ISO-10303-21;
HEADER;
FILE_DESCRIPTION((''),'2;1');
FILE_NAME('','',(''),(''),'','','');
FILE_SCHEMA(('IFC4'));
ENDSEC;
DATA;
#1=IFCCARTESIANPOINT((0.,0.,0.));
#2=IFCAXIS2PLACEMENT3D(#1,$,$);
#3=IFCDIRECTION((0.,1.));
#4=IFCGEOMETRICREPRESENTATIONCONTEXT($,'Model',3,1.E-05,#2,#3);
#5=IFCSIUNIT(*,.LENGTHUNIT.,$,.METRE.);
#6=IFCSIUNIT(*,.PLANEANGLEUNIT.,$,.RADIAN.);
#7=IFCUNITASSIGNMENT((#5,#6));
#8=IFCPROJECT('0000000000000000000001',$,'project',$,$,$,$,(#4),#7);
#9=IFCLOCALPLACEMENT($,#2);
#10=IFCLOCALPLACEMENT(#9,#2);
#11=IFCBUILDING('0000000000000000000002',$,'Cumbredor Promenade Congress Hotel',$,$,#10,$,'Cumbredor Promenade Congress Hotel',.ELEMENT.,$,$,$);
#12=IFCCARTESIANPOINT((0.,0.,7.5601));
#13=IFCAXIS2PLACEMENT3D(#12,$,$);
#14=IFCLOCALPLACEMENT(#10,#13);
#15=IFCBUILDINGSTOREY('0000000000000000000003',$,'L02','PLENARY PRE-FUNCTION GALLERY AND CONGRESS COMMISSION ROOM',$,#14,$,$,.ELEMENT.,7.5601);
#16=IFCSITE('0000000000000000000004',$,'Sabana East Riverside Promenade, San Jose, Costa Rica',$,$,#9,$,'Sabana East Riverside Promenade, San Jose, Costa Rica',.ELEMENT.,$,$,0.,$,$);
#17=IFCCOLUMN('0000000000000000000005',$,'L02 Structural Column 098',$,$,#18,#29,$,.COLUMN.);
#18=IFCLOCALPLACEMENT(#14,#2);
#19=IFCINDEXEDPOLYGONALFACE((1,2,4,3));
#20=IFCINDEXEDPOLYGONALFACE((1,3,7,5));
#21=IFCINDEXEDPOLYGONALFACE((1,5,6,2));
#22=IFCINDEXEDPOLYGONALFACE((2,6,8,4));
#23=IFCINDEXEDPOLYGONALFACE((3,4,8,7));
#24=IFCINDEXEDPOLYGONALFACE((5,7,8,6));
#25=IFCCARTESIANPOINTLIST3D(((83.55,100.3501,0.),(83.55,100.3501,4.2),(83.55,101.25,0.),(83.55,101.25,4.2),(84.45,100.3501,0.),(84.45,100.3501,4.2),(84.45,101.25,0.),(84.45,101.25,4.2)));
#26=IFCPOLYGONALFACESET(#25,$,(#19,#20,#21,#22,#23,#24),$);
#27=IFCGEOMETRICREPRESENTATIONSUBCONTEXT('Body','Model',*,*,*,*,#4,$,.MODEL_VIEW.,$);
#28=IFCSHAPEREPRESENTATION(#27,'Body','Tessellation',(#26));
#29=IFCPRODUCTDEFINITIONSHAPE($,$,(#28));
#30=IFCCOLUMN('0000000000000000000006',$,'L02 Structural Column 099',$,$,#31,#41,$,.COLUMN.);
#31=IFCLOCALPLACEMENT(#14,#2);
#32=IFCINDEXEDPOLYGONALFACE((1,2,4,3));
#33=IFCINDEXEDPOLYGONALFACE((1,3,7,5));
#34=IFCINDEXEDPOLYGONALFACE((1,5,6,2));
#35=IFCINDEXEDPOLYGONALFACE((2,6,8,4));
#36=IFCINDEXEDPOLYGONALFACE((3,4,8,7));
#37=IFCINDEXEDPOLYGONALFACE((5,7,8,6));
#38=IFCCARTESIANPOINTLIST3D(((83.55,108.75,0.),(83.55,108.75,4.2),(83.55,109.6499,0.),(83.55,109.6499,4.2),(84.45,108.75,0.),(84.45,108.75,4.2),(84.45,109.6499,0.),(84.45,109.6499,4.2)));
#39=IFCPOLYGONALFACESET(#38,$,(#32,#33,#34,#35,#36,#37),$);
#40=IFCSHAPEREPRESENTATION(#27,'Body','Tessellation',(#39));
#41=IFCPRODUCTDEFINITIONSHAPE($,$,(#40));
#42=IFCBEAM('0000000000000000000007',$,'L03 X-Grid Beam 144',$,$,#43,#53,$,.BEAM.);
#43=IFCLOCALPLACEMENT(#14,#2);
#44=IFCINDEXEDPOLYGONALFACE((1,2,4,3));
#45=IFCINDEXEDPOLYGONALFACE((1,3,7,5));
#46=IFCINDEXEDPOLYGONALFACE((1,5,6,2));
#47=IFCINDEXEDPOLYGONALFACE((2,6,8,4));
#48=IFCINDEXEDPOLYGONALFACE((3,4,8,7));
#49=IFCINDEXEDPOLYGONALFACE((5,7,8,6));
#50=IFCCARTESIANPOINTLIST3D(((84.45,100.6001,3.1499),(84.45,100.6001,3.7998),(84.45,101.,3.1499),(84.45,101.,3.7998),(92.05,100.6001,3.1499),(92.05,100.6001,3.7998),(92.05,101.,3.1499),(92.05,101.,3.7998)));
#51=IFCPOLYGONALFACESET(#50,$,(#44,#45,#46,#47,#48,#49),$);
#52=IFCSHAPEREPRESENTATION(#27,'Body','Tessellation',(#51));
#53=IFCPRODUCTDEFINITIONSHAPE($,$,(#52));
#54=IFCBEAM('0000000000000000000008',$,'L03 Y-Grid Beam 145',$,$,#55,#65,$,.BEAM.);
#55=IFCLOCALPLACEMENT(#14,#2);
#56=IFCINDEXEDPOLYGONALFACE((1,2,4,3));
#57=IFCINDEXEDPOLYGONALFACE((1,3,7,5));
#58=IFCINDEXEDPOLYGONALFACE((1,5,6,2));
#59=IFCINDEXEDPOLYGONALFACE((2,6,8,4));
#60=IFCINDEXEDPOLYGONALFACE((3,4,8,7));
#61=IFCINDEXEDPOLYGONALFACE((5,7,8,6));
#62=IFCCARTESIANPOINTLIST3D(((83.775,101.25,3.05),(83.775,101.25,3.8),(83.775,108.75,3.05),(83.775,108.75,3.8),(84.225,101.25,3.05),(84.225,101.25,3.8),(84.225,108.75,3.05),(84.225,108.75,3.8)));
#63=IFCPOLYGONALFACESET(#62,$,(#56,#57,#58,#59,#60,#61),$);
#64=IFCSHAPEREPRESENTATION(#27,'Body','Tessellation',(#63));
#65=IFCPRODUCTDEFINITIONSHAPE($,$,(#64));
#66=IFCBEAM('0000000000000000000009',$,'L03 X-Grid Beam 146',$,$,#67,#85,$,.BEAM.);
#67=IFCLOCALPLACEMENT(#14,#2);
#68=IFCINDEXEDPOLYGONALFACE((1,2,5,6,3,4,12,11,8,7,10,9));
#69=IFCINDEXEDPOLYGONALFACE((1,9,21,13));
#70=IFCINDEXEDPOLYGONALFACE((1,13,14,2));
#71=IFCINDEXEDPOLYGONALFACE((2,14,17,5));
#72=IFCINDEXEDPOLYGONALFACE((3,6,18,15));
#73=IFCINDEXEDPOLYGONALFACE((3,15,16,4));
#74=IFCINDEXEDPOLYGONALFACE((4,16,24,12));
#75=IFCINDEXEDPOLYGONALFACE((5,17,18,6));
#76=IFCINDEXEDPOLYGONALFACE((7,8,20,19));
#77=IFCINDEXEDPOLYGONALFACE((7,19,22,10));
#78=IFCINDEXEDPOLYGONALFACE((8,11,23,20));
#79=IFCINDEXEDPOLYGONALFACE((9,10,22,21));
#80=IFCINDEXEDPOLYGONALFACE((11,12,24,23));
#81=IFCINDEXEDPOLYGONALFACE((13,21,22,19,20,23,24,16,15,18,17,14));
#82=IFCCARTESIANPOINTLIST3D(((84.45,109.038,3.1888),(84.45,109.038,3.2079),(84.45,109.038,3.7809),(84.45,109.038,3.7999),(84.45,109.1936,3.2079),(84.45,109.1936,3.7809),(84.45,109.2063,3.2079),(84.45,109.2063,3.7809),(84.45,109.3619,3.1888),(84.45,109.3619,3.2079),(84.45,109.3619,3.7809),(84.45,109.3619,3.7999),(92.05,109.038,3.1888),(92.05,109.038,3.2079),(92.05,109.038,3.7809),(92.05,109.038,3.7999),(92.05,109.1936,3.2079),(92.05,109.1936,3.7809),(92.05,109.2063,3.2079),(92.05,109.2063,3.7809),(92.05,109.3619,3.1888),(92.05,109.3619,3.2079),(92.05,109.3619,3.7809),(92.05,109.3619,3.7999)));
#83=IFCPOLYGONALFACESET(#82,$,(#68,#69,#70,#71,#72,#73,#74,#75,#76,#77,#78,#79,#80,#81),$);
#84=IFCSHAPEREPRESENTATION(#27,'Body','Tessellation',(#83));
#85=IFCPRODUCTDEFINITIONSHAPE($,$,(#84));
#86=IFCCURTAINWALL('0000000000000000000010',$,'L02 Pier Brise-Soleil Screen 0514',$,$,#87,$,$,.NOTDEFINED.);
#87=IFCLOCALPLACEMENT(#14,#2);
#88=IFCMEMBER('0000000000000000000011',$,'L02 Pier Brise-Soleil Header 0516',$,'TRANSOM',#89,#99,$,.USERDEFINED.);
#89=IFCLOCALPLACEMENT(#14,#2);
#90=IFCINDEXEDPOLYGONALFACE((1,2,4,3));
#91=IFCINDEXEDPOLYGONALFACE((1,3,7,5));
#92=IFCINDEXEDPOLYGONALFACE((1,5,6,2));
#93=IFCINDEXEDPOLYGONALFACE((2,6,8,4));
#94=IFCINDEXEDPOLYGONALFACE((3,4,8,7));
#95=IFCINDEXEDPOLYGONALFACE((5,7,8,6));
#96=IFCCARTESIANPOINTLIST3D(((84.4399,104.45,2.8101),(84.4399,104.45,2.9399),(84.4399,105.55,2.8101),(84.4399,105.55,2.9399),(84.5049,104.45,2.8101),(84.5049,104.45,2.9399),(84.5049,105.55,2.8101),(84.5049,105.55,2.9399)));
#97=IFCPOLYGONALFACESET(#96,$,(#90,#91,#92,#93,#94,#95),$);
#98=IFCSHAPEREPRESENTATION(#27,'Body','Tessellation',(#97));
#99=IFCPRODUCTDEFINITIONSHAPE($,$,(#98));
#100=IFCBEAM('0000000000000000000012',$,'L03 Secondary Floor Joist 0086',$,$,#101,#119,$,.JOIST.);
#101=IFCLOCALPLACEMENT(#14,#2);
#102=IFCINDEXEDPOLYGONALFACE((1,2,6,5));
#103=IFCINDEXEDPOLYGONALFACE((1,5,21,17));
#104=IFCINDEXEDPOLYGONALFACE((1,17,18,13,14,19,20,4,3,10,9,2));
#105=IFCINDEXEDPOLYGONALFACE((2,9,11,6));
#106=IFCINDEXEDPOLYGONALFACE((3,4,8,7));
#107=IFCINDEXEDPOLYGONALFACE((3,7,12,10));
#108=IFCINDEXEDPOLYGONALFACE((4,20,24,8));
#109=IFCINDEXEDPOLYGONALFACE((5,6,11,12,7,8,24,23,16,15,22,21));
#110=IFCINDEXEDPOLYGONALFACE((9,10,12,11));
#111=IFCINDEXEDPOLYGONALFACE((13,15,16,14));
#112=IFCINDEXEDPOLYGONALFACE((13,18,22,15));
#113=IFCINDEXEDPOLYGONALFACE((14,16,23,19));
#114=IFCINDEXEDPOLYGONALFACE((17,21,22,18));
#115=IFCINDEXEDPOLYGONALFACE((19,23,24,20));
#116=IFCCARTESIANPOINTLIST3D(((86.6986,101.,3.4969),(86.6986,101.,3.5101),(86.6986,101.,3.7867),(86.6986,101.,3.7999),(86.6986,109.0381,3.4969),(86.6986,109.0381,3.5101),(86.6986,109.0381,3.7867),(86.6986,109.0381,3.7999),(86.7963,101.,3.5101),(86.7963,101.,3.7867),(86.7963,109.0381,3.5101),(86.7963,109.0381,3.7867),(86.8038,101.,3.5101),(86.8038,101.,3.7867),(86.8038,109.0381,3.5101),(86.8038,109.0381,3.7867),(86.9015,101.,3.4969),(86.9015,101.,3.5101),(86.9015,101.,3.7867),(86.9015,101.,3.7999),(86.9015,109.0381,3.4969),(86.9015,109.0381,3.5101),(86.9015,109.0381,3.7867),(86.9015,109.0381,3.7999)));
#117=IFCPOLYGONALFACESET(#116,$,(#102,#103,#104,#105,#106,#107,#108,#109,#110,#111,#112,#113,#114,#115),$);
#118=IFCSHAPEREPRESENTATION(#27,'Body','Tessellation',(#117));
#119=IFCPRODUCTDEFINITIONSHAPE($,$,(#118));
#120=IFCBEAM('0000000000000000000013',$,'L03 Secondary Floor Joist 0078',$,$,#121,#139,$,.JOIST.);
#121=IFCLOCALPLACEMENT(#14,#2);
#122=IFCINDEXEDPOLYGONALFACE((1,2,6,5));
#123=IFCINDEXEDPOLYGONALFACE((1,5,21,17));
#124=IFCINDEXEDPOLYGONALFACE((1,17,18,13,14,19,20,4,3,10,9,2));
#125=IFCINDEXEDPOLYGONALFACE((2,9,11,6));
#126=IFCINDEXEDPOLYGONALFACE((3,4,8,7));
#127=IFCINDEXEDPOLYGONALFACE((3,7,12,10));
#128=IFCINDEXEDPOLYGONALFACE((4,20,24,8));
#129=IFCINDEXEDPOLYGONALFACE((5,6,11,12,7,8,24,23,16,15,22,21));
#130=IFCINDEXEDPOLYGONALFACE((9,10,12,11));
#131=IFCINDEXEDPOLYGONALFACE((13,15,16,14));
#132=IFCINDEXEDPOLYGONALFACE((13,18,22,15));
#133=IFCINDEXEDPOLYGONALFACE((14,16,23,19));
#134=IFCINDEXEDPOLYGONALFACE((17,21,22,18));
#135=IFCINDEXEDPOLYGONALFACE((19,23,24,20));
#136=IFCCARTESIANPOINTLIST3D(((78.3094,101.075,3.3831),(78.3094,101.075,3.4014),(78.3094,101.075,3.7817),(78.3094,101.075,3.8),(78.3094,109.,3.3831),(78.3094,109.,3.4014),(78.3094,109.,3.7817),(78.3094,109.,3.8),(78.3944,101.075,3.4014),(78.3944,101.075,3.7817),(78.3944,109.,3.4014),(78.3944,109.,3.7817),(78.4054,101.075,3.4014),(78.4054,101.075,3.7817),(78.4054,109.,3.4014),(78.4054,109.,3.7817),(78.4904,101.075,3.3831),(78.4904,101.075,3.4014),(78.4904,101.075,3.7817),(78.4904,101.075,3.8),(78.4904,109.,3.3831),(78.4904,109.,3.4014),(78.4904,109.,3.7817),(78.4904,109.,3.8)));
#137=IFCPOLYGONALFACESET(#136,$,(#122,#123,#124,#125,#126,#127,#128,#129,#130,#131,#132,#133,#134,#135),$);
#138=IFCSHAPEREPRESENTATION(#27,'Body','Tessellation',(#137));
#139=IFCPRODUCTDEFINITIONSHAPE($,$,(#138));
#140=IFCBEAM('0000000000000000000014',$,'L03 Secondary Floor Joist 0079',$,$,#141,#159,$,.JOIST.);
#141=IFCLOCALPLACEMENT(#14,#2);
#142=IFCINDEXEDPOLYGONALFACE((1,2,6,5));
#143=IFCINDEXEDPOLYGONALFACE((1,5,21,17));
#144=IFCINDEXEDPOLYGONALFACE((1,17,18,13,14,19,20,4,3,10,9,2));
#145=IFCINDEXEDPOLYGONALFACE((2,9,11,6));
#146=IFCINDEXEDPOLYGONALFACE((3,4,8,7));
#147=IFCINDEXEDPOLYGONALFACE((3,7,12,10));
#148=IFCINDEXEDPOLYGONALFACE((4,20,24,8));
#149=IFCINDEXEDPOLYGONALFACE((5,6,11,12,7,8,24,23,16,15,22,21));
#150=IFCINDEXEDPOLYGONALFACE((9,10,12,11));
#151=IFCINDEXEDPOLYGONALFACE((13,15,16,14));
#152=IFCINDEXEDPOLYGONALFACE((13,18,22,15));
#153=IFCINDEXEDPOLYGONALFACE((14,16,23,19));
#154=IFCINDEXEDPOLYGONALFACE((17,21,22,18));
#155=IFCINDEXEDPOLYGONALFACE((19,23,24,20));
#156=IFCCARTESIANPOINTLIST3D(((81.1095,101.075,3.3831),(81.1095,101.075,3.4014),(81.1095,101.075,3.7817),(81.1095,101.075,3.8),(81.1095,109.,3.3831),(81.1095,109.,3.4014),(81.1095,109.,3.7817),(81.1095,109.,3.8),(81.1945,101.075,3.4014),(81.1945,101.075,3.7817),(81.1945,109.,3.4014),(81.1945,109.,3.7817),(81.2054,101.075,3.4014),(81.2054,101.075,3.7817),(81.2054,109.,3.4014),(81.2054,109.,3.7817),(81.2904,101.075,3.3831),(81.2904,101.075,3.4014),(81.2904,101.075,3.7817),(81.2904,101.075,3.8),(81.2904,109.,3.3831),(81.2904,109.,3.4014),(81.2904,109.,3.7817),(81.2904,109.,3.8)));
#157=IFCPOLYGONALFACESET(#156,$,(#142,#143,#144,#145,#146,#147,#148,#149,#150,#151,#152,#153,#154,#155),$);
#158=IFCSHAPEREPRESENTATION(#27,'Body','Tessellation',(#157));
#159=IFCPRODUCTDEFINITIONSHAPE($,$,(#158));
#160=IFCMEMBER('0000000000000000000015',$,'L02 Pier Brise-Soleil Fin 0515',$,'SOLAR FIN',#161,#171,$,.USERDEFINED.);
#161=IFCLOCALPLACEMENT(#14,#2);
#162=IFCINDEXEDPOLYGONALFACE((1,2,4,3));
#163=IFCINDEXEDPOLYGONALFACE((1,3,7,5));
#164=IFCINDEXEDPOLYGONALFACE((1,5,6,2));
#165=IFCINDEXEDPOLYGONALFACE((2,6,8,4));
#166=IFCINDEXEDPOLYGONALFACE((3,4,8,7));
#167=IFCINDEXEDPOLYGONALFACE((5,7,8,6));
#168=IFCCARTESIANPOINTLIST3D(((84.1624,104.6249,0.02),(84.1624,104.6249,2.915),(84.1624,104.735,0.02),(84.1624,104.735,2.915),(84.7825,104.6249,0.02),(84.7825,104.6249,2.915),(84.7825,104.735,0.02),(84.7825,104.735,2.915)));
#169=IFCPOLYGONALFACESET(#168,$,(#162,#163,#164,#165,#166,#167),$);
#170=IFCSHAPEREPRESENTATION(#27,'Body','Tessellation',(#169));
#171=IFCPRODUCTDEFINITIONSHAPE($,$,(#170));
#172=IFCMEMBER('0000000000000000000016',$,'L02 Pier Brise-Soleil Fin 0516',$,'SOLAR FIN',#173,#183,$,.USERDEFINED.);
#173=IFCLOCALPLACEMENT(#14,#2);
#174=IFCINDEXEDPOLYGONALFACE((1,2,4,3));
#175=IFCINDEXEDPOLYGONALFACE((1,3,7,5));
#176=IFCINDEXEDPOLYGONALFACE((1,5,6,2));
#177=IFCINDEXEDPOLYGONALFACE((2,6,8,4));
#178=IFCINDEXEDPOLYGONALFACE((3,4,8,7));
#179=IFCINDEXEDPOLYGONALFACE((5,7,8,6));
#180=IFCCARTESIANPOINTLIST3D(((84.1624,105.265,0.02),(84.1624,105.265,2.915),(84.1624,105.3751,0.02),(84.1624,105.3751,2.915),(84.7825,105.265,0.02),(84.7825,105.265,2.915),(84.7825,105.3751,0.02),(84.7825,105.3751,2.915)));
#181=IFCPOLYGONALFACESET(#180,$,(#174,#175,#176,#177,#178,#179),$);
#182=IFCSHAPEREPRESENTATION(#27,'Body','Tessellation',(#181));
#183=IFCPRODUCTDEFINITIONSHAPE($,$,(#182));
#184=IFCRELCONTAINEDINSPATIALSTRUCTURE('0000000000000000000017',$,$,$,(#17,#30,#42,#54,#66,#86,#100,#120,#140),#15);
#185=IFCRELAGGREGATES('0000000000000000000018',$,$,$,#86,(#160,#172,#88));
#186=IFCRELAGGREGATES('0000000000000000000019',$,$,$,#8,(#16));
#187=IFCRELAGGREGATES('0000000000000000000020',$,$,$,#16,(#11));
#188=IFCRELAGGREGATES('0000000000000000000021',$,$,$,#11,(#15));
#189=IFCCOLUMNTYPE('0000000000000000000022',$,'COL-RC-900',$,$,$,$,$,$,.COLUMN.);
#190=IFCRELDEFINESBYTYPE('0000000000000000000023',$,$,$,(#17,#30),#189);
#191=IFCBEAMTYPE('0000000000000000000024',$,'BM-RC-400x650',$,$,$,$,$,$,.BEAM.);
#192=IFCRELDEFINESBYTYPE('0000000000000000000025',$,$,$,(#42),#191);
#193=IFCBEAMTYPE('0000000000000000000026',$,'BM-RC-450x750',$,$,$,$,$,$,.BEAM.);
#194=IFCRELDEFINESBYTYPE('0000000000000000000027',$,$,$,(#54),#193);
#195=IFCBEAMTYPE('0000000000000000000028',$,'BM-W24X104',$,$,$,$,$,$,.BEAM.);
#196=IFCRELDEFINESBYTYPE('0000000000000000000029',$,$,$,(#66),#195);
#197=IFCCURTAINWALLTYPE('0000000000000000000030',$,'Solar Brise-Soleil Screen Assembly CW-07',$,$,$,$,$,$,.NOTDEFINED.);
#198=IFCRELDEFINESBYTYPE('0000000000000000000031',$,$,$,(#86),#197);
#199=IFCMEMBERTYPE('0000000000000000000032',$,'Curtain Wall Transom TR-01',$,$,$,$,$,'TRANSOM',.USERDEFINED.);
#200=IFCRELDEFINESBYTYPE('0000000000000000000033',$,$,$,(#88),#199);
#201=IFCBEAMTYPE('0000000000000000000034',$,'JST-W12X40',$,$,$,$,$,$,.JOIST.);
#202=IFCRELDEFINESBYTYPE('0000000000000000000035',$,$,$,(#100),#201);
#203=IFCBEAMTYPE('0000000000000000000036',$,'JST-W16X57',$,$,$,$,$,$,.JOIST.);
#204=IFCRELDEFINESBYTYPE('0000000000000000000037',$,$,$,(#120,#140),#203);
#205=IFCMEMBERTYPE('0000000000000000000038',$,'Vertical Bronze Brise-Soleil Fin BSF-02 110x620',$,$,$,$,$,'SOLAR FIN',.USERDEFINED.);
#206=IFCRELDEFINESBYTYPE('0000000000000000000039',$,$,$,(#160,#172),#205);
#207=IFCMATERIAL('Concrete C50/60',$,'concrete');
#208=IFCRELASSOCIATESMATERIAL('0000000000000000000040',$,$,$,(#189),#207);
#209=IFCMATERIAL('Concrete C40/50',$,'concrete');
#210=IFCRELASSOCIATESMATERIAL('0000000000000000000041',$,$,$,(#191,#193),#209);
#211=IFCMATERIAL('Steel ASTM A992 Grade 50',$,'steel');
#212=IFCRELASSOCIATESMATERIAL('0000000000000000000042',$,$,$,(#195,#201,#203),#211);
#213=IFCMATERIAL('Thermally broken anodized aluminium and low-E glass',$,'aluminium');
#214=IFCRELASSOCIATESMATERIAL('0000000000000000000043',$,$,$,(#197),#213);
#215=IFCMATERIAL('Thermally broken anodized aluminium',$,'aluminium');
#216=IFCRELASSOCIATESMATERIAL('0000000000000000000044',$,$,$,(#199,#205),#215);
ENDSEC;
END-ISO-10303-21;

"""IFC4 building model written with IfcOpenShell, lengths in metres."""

from ifc_helpers import new_model, si_unit, direction, frame, origin, origin_2d, place, context, subcontext, project, spatial, rectangle, i_section, extrude, material, material_profile, profile_set, type_object, element, aggregate, save


model = new_model("IFC4")

# Units and contexts
model_context = context("Model", 3, precision=1e-05, world=origin(), true_north=direction((0.0, 1.0)))
body_context = subcontext(model_context, "Body", "Model", "MODEL_VIEW")
ifc_project = project(units=[si_unit("LENGTHUNIT", "METRE"), si_unit("PLANEANGLEUNIT", "RADIAN")], contexts=[model_context])

# Site, building, storey
site_placement = place(None, origin())
site = spatial("IfcSite", under=ifc_project, at=site_placement, Name="Sabana East Riverside Promenade, San Jose, Costa Rica", LongName="Sabana East Riverside Promenade, San Jose, Costa Rica", CompositionType="ELEMENT", RefElevation=0.0)
building_placement = place(site_placement, origin())
building = spatial("IfcBuilding", under=site, at=building_placement, Name="Cumbredor Promenade Congress Hotel", LongName="Cumbredor Promenade Congress Hotel", CompositionType="ELEMENT")
storey_placement = place(building_placement, frame((0.0, 0.0, 7.5601)))
storey = spatial("IfcBuildingStorey", under=building, at=storey_placement, Name="L02", Description="PLENARY PRE-FUNCTION GALLERY AND CONGRESS COMMISSION ROOM", CompositionType="ELEMENT", Elevation=7.5601)

# Columns
ifc_material_1 = material(Name="Concrete C50/60", Category="concrete")
ifc_material_profile_1 = material_profile(ifc_material_1, rectangle(XDim=0.8999, YDim=0.8999, at=origin_2d()), Name="RC 900x900")
ifc_profile_set_1 = profile_set([ifc_material_profile_1], Name="Concrete C50/60")
column_type = type_object("IfcColumnType", Name="COL-RC-900", PredefinedType="COLUMN", material=ifc_profile_set_1)
for number, where, z_axis, x_axis, name in (
    (1, (84.0, 100.8, 0.0), (0.0, 0.0, 1.0), (1.0, 0.0, 0.0), "L02 Structural Column 098"),
    (2, (84.0, 109.2, 0.0), (0.0, 0.0, 1.0), (1.0, 0.0, 0.0), "L02 Structural Column 099"),
):
    element("IfcColumn", number, at=place(storey_placement, frame(where, z_axis=z_axis, x_axis=x_axis)), inside=storey, type_object=column_type, Name=name, PredefinedType="COLUMN", context=body_context, shape_type="SweptSolid", body=[
        extrude(rectangle(XDim=0.8999, YDim=0.8999, at=origin_2d()), origin(), (0.0, 0.0, 1.0), 4.2),
    ])

# Beams
ifc_material_2 = material(Name="Concrete C40/50", Category="concrete")
ifc_material_profile_2 = material_profile(ifc_material_2, rectangle(XDim=0.3999, YDim=0.6499, at=origin_2d()), Name="RC BEAM 400x650")
ifc_profile_set_2 = profile_set([ifc_material_profile_2], Name="Concrete C40/50")
beam_type_1 = type_object("IfcBeamType", Name="BM-RC-400x650", PredefinedType="BEAM", material=ifc_profile_set_2)
beam_1_placement = place(storey_placement, frame((84.45, 100.8, 3.4749), z_axis=(1.0, 0.0, 0.0), x_axis=(0.0, 1.0, 0.0)))
element("IfcBeam", 3, at=beam_1_placement, inside=storey, type_object=beam_type_1, Name="L03 X-Grid Beam 144", PredefinedType="BEAM", context=body_context, shape_type="SweptSolid", body=[
    extrude(rectangle(XDim=0.3999, YDim=0.6499, at=origin_2d()), origin(), (0.0, 0.0, 1.0), 7.6001),
])
ifc_material_profile_3 = material_profile(ifc_material_2, rectangle(XDim=0.45, YDim=0.75, at=origin_2d()), Name="RC BEAM 450x750")
ifc_profile_set_3 = profile_set([ifc_material_profile_3], Name="Concrete C40/50")
beam_type_2 = type_object("IfcBeamType", Name="BM-RC-450x750", PredefinedType="BEAM", material=ifc_profile_set_3)
beam_2_placement = place(storey_placement, frame((84.0, 101.25, 3.425), z_axis=(0.0, 1.0, 0.0), x_axis=(-1.0, 0.0, 0.0)))
element("IfcBeam", 4, at=beam_2_placement, inside=storey, type_object=beam_type_2, Name="L03 Y-Grid Beam 145", PredefinedType="BEAM", context=body_context, shape_type="SweptSolid", body=[
    extrude(rectangle(XDim=0.45, YDim=0.75, at=origin_2d()), origin(), (0.0, 0.0, 1.0), 7.5),
])
ifc_material_3 = material(Name="Steel ASTM A992 Grade 50", Category="steel")
ifc_material_profile_4 = material_profile(ifc_material_3, i_section(OverallWidth=0.324, OverallDepth=0.6111, WebThickness=0.0127, FlangeThickness=0.019, at=origin_2d()), Name="W24X104")
ifc_profile_set_4 = profile_set([ifc_material_profile_4], Name="Steel ASTM A992 Grade 50")
beam_type_3 = type_object("IfcBeamType", Name="BM-W24X104", PredefinedType="BEAM", material=ifc_profile_set_4)
beam_3_placement = place(storey_placement, frame((84.45, 109.2, 3.4944), z_axis=(1.0, 0.0, 0.0), x_axis=(0.0, 1.0, 0.0)))
element("IfcBeam", 5, at=beam_3_placement, inside=storey, type_object=beam_type_3, Name="L03 X-Grid Beam 146", PredefinedType="BEAM", context=body_context, shape_type="SweptSolid", body=[
    extrude(i_section(OverallWidth=0.324, OverallDepth=0.6111, WebThickness=0.0127, FlangeThickness=0.019, at=origin_2d()), origin(), (0.0, 0.0, 1.0), 7.6001),
])

# Curtain wall, member
ifc_material_4 = material(Name="Thermally broken anodized aluminium and low-E glass", Category="aluminium")
curtain_wall_type = type_object("IfcCurtainWallType", Name="Solar Brise-Soleil Screen Assembly CW-07", PredefinedType="NOTDEFINED", material=ifc_material_4)
curtain_wall_placement = place(storey_placement, origin())
curtain_wall = element("IfcCurtainWall", 6, at=curtain_wall_placement, inside=storey, type_object=curtain_wall_type, Name="L02 Pier Brise-Soleil Screen 0514", PredefinedType="NOTDEFINED")
ifc_material_5 = material(Name="Thermally broken anodized aluminium", Category="aluminium")
ifc_material_profile_5 = material_profile(ifc_material_5, rectangle(XDim=0.0649, YDim=0.1299, at=origin_2d()), Name="ALU TRANSOM 65x130")
ifc_profile_set_5 = profile_set([ifc_material_profile_5], Name="Thermally broken anodized aluminium")
member_type_1 = type_object("IfcMemberType", Name="Curtain Wall Transom TR-01", ElementType="TRANSOM", PredefinedType="USERDEFINED", material=ifc_profile_set_5)
member_1_placement = place(storey_placement, frame((84.4724, 104.45, 2.875), z_axis=(0.0, 1.0, 0.0), x_axis=(-1.0, 0.0, 0.0)))
member_1 = element("IfcMember", 7, at=member_1_placement, type_object=member_type_1, Name="L02 Pier Brise-Soleil Header 0516", ObjectType="TRANSOM", PredefinedType="USERDEFINED", context=body_context, shape_type="SweptSolid", body=[
    extrude(rectangle(XDim=0.0649, YDim=0.1299, at=origin_2d()), origin(), (0.0, 0.0, 1.0), 1.1001),
])

# Beams
ifc_material_profile_6 = material_profile(ifc_material_3, i_section(OverallWidth=0.2029, OverallDepth=0.303, WebThickness=0.0076, FlangeThickness=0.0132, at=origin_2d()), Name="W12X40")
ifc_profile_set_6 = profile_set([ifc_material_profile_6], Name="Steel ASTM A992 Grade 50")
beam_type_4 = type_object("IfcBeamType", Name="JST-W12X40", PredefinedType="JOIST", material=ifc_profile_set_6)
beam_4_placement = place(storey_placement, frame((86.8, 101.0, 3.6484), z_axis=(0.0, 1.0, 0.0), x_axis=(-1.0, 0.0, 0.0)))
element("IfcBeam", 8, at=beam_4_placement, inside=storey, type_object=beam_type_4, Name="L03 Secondary Floor Joist 0086", PredefinedType="JOIST", context=body_context, shape_type="SweptSolid", body=[
    extrude(i_section(OverallWidth=0.2029, OverallDepth=0.303, WebThickness=0.0076, FlangeThickness=0.0132, at=origin_2d()), origin(), (0.0, 0.0, 1.0), 8.0381),
])
ifc_material_profile_7 = material_profile(ifc_material_3, i_section(OverallWidth=0.1809, OverallDepth=0.417, WebThickness=0.011, FlangeThickness=0.0183, at=origin_2d()), Name="W16X57")
ifc_profile_set_7 = profile_set([ifc_material_profile_7], Name="Steel ASTM A992 Grade 50")
beam_type_5 = type_object("IfcBeamType", Name="JST-W16X57", PredefinedType="JOIST", material=ifc_profile_set_7)
for number, where, z_axis, x_axis, name in (
    (9, (78.3999, 101.075, 3.5916), (0.0, 1.0, 0.0), (-1.0, 0.0, 0.0), "L03 Secondary Floor Joist 0078"),
    (10, (81.2, 101.075, 3.5916), (0.0, 1.0, 0.0), (-1.0, 0.0, 0.0), "L03 Secondary Floor Joist 0079"),
):
    element("IfcBeam", number, at=place(storey_placement, frame(where, z_axis=z_axis, x_axis=x_axis)), inside=storey, type_object=beam_type_5, Name=name, PredefinedType="JOIST", context=body_context, shape_type="SweptSolid", body=[
        extrude(i_section(OverallWidth=0.1809, OverallDepth=0.417, WebThickness=0.011, FlangeThickness=0.0183, at=origin_2d()), origin(), (0.0, 0.0, 1.0), 7.925),
    ])

# Members
ifc_material_profile_8 = material_profile(ifc_material_5, rectangle(XDim=0.1101, YDim=0.6201, at=origin_2d()), Name="ARCH FIN 110x620")
ifc_profile_set_8 = profile_set([ifc_material_profile_8], Name="Thermally broken anodized aluminium")
member_type_2 = type_object("IfcMemberType", Name="Vertical Bronze Brise-Soleil Fin BSF-02 110x620", ElementType="SOLAR FIN", PredefinedType="USERDEFINED", material=ifc_profile_set_8)
member_2_placement = place(storey_placement, frame((84.4724, 104.6799, 0.02), z_axis=(0.0, 0.0, 1.0), x_axis=(0.0, 1.0, 0.0)))
member_2 = element("IfcMember", 11, at=member_2_placement, type_object=member_type_2, Name="L02 Pier Brise-Soleil Fin 0515", ObjectType="SOLAR FIN", PredefinedType="USERDEFINED", context=body_context, shape_type="SweptSolid", body=[
    extrude(rectangle(XDim=0.1101, YDim=0.6201, at=origin_2d()), origin(), (0.0, 0.0, 1.0), 2.895),
])
member_3_placement = place(storey_placement, frame((84.4724, 105.3201, 0.02), z_axis=(0.0, 0.0, 1.0), x_axis=(0.0, 1.0, 0.0)))
member_3 = element("IfcMember", 12, at=member_3_placement, type_object=member_type_2, Name="L02 Pier Brise-Soleil Fin 0516", ObjectType="SOLAR FIN", PredefinedType="USERDEFINED", context=body_context, shape_type="SweptSolid", body=[
    extrude(rectangle(XDim=0.1101, YDim=0.6201, at=origin_2d()), origin(), (0.0, 0.0, 1.0), 2.895),
])
aggregate(curtain_wall, [member_2, member_3, member_1])

save(model, "model.ifc")
